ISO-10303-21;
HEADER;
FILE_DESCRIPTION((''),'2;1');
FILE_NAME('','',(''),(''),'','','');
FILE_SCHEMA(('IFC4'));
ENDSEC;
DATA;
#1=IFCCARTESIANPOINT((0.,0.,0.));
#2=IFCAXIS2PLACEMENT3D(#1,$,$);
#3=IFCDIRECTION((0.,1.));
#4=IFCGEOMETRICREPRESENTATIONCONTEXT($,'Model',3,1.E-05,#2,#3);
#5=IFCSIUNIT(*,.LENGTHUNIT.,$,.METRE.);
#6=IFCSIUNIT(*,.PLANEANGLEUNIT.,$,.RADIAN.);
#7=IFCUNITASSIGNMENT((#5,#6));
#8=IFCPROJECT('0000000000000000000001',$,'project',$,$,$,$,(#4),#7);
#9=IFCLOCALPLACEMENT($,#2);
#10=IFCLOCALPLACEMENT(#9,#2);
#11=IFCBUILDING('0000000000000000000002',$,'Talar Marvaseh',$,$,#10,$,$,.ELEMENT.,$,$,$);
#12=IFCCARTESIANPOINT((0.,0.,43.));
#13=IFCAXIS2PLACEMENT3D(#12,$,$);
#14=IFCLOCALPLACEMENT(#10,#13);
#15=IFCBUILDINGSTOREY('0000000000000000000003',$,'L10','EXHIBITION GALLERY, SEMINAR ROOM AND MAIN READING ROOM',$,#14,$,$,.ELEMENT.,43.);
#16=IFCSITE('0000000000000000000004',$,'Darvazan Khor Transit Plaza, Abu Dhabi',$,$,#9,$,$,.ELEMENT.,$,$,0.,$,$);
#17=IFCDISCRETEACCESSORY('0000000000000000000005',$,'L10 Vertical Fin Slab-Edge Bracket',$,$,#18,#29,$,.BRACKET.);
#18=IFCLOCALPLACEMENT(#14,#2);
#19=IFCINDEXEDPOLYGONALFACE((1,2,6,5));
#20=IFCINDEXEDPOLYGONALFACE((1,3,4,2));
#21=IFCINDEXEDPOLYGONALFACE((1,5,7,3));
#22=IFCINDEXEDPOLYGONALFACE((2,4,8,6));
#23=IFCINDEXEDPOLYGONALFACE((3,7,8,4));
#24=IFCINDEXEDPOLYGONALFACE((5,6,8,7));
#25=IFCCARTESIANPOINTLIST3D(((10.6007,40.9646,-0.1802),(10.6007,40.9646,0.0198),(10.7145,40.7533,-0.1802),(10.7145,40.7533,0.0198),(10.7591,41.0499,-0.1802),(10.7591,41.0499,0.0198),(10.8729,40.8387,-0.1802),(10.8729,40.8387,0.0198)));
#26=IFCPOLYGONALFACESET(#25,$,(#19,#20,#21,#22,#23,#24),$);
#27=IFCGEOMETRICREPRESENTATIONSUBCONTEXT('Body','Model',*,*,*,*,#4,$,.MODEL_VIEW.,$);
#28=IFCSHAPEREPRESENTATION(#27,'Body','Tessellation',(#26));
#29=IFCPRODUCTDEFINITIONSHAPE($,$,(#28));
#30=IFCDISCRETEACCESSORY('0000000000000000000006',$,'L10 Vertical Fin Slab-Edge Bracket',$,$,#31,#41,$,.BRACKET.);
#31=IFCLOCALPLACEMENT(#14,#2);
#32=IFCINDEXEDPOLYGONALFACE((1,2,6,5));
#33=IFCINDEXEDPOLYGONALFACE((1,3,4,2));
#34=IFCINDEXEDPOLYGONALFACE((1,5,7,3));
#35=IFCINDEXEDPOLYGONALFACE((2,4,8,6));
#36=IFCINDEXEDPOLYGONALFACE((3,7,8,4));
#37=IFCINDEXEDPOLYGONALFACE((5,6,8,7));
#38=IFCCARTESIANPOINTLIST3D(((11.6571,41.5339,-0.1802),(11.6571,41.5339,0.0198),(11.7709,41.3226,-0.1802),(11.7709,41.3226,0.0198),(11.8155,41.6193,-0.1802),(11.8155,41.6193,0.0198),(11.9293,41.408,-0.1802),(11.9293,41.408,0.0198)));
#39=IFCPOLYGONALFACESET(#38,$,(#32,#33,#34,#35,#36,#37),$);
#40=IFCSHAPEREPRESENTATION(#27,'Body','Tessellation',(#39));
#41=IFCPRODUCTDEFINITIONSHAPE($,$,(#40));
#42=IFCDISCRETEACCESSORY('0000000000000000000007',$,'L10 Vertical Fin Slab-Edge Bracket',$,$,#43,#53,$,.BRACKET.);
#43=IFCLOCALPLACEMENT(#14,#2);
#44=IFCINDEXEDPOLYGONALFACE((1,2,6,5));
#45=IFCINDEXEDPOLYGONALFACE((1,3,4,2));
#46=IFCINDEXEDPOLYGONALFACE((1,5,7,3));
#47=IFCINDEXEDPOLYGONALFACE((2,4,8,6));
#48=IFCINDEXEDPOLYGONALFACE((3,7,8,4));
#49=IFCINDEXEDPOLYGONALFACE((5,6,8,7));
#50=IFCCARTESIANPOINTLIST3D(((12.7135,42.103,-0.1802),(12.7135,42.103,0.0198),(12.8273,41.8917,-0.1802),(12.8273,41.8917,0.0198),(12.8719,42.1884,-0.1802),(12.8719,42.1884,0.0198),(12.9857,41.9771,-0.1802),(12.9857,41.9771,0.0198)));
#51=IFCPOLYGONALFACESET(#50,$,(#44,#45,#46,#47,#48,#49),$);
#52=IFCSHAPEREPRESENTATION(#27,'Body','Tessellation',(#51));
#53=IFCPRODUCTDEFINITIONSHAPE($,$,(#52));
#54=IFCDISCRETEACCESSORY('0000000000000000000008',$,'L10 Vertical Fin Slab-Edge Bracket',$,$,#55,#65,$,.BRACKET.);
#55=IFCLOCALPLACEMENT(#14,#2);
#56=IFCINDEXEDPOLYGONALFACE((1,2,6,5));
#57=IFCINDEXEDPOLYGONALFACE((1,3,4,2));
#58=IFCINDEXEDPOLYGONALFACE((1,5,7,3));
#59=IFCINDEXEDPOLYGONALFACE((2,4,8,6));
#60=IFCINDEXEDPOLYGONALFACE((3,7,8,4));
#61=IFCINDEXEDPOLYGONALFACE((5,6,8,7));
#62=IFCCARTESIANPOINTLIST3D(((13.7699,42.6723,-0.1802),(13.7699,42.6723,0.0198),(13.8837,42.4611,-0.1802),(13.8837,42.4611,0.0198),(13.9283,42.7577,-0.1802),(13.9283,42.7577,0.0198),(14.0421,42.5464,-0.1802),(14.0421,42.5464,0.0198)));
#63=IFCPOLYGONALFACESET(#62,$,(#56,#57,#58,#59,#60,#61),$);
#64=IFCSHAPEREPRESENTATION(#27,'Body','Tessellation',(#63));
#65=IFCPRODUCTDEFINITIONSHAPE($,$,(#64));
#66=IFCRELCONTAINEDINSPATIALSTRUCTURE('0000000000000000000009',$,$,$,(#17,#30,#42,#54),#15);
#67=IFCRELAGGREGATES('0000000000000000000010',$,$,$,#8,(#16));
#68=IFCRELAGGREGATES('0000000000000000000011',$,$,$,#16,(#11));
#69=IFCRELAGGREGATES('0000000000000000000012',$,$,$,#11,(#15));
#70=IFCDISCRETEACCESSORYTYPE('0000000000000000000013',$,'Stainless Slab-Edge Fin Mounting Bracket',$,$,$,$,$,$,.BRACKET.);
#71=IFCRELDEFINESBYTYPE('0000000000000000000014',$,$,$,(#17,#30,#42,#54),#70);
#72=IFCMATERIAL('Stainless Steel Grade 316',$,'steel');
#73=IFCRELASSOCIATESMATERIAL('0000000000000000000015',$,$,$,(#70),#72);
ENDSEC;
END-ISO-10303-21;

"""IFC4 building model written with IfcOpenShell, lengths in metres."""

from ifc_helpers import new_model, si_unit, direction, frame, origin, origin_2d, place, context, subcontext, project, spatial, rectangle, extrude, source, transform, mapped, material, type_object, type_shapes, element, save


model = new_model("IFC4")

# Units and contexts
model_context = context("Model", 3, precision=1e-05, world=origin(), true_north=direction((0.0, 1.0)))
body_context = subcontext(model_context, "Body", "Model", "MODEL_VIEW")
ifc_project = project(units=[si_unit("LENGTHUNIT", "METRE"), si_unit("PLANEANGLEUNIT", "RADIAN")], contexts=[model_context])

# Site, building, storey
site_placement = place(None, origin())
site = spatial("IfcSite", under=ifc_project, at=site_placement, Name="Darvazan Khor Transit Plaza, Abu Dhabi", CompositionType="ELEMENT", RefElevation=0.0)
building_placement = place(site_placement, origin())
building = spatial("IfcBuilding", under=site, at=building_placement, Name="Talar Marvaseh", CompositionType="ELEMENT")
storey_placement = place(building_placement, frame((0.0, 0.0, 43.0)))
storey = spatial("IfcBuildingStorey", under=building, at=storey_placement, Name="L10", Description="EXHIBITION GALLERY, SEMINAR ROOM AND MAIN READING ROOM", CompositionType="ELEMENT", Elevation=43.0)

# Discrete accessories
ifc_material_1 = material(Name="Stainless Steel Grade 316", Category="steel")
discrete_accessory_type = type_object("IfcDiscreteAccessoryType", Name="Stainless Slab-Edge Fin Mounting Bracket", PredefinedType="BRACKET", material=ifc_material_1)
shared_shape_1 = source(origin(), body_context, "Body", "SweptSolid", [
    extrude(rectangle(XDim=0.24, YDim=0.1799, at=origin_2d()), origin(), (0.0, 0.0, 1.0), 0.2),
])
type_shapes(discrete_accessory_type, [shared_shape_1])
for number, where, z_axis, x_axis, name in (
    (1, (10.7368, 40.9016, -0.1802), (0.0, 0.0, 1.0), (-0.474396, 0.880312, 0.0), "L10 Vertical Fin Slab-Edge Bracket"),
    (2, (11.7932, 41.4709, -0.1802), (0.0, 0.0, 1.0), (-0.474396, 0.880312, 0.0), "L10 Vertical Fin Slab-Edge Bracket"),
    (3, (12.8496, 42.04, -0.1802), (0.0, 0.0, 1.0), (-0.474396, 0.880312, 0.0), "L10 Vertical Fin Slab-Edge Bracket"),
    (4, (13.906, 42.6094, -0.1802), (0.0, 0.0, 1.0), (-0.474396, 0.880312, 0.0), "L10 Vertical Fin Slab-Edge Bracket"),
):
    element("IfcDiscreteAccessory", number, at=place(storey_placement, frame(where, z_axis=z_axis, x_axis=x_axis)), inside=storey, type_object=discrete_accessory_type, Name=name, PredefinedType="BRACKET", context=body_context, shape_type="MappedRepresentation", body=[
        mapped(shared_shape_1, transform((0.0, 0.0, 0.0), x_axis=(1.0, 0.0, 0.0), y_axis=(0.0, 1.0, 0.0), z_axis=(0.0, 0.0, 1.0), scale=1.0)),
    ])

save(model, "model.ifc")
